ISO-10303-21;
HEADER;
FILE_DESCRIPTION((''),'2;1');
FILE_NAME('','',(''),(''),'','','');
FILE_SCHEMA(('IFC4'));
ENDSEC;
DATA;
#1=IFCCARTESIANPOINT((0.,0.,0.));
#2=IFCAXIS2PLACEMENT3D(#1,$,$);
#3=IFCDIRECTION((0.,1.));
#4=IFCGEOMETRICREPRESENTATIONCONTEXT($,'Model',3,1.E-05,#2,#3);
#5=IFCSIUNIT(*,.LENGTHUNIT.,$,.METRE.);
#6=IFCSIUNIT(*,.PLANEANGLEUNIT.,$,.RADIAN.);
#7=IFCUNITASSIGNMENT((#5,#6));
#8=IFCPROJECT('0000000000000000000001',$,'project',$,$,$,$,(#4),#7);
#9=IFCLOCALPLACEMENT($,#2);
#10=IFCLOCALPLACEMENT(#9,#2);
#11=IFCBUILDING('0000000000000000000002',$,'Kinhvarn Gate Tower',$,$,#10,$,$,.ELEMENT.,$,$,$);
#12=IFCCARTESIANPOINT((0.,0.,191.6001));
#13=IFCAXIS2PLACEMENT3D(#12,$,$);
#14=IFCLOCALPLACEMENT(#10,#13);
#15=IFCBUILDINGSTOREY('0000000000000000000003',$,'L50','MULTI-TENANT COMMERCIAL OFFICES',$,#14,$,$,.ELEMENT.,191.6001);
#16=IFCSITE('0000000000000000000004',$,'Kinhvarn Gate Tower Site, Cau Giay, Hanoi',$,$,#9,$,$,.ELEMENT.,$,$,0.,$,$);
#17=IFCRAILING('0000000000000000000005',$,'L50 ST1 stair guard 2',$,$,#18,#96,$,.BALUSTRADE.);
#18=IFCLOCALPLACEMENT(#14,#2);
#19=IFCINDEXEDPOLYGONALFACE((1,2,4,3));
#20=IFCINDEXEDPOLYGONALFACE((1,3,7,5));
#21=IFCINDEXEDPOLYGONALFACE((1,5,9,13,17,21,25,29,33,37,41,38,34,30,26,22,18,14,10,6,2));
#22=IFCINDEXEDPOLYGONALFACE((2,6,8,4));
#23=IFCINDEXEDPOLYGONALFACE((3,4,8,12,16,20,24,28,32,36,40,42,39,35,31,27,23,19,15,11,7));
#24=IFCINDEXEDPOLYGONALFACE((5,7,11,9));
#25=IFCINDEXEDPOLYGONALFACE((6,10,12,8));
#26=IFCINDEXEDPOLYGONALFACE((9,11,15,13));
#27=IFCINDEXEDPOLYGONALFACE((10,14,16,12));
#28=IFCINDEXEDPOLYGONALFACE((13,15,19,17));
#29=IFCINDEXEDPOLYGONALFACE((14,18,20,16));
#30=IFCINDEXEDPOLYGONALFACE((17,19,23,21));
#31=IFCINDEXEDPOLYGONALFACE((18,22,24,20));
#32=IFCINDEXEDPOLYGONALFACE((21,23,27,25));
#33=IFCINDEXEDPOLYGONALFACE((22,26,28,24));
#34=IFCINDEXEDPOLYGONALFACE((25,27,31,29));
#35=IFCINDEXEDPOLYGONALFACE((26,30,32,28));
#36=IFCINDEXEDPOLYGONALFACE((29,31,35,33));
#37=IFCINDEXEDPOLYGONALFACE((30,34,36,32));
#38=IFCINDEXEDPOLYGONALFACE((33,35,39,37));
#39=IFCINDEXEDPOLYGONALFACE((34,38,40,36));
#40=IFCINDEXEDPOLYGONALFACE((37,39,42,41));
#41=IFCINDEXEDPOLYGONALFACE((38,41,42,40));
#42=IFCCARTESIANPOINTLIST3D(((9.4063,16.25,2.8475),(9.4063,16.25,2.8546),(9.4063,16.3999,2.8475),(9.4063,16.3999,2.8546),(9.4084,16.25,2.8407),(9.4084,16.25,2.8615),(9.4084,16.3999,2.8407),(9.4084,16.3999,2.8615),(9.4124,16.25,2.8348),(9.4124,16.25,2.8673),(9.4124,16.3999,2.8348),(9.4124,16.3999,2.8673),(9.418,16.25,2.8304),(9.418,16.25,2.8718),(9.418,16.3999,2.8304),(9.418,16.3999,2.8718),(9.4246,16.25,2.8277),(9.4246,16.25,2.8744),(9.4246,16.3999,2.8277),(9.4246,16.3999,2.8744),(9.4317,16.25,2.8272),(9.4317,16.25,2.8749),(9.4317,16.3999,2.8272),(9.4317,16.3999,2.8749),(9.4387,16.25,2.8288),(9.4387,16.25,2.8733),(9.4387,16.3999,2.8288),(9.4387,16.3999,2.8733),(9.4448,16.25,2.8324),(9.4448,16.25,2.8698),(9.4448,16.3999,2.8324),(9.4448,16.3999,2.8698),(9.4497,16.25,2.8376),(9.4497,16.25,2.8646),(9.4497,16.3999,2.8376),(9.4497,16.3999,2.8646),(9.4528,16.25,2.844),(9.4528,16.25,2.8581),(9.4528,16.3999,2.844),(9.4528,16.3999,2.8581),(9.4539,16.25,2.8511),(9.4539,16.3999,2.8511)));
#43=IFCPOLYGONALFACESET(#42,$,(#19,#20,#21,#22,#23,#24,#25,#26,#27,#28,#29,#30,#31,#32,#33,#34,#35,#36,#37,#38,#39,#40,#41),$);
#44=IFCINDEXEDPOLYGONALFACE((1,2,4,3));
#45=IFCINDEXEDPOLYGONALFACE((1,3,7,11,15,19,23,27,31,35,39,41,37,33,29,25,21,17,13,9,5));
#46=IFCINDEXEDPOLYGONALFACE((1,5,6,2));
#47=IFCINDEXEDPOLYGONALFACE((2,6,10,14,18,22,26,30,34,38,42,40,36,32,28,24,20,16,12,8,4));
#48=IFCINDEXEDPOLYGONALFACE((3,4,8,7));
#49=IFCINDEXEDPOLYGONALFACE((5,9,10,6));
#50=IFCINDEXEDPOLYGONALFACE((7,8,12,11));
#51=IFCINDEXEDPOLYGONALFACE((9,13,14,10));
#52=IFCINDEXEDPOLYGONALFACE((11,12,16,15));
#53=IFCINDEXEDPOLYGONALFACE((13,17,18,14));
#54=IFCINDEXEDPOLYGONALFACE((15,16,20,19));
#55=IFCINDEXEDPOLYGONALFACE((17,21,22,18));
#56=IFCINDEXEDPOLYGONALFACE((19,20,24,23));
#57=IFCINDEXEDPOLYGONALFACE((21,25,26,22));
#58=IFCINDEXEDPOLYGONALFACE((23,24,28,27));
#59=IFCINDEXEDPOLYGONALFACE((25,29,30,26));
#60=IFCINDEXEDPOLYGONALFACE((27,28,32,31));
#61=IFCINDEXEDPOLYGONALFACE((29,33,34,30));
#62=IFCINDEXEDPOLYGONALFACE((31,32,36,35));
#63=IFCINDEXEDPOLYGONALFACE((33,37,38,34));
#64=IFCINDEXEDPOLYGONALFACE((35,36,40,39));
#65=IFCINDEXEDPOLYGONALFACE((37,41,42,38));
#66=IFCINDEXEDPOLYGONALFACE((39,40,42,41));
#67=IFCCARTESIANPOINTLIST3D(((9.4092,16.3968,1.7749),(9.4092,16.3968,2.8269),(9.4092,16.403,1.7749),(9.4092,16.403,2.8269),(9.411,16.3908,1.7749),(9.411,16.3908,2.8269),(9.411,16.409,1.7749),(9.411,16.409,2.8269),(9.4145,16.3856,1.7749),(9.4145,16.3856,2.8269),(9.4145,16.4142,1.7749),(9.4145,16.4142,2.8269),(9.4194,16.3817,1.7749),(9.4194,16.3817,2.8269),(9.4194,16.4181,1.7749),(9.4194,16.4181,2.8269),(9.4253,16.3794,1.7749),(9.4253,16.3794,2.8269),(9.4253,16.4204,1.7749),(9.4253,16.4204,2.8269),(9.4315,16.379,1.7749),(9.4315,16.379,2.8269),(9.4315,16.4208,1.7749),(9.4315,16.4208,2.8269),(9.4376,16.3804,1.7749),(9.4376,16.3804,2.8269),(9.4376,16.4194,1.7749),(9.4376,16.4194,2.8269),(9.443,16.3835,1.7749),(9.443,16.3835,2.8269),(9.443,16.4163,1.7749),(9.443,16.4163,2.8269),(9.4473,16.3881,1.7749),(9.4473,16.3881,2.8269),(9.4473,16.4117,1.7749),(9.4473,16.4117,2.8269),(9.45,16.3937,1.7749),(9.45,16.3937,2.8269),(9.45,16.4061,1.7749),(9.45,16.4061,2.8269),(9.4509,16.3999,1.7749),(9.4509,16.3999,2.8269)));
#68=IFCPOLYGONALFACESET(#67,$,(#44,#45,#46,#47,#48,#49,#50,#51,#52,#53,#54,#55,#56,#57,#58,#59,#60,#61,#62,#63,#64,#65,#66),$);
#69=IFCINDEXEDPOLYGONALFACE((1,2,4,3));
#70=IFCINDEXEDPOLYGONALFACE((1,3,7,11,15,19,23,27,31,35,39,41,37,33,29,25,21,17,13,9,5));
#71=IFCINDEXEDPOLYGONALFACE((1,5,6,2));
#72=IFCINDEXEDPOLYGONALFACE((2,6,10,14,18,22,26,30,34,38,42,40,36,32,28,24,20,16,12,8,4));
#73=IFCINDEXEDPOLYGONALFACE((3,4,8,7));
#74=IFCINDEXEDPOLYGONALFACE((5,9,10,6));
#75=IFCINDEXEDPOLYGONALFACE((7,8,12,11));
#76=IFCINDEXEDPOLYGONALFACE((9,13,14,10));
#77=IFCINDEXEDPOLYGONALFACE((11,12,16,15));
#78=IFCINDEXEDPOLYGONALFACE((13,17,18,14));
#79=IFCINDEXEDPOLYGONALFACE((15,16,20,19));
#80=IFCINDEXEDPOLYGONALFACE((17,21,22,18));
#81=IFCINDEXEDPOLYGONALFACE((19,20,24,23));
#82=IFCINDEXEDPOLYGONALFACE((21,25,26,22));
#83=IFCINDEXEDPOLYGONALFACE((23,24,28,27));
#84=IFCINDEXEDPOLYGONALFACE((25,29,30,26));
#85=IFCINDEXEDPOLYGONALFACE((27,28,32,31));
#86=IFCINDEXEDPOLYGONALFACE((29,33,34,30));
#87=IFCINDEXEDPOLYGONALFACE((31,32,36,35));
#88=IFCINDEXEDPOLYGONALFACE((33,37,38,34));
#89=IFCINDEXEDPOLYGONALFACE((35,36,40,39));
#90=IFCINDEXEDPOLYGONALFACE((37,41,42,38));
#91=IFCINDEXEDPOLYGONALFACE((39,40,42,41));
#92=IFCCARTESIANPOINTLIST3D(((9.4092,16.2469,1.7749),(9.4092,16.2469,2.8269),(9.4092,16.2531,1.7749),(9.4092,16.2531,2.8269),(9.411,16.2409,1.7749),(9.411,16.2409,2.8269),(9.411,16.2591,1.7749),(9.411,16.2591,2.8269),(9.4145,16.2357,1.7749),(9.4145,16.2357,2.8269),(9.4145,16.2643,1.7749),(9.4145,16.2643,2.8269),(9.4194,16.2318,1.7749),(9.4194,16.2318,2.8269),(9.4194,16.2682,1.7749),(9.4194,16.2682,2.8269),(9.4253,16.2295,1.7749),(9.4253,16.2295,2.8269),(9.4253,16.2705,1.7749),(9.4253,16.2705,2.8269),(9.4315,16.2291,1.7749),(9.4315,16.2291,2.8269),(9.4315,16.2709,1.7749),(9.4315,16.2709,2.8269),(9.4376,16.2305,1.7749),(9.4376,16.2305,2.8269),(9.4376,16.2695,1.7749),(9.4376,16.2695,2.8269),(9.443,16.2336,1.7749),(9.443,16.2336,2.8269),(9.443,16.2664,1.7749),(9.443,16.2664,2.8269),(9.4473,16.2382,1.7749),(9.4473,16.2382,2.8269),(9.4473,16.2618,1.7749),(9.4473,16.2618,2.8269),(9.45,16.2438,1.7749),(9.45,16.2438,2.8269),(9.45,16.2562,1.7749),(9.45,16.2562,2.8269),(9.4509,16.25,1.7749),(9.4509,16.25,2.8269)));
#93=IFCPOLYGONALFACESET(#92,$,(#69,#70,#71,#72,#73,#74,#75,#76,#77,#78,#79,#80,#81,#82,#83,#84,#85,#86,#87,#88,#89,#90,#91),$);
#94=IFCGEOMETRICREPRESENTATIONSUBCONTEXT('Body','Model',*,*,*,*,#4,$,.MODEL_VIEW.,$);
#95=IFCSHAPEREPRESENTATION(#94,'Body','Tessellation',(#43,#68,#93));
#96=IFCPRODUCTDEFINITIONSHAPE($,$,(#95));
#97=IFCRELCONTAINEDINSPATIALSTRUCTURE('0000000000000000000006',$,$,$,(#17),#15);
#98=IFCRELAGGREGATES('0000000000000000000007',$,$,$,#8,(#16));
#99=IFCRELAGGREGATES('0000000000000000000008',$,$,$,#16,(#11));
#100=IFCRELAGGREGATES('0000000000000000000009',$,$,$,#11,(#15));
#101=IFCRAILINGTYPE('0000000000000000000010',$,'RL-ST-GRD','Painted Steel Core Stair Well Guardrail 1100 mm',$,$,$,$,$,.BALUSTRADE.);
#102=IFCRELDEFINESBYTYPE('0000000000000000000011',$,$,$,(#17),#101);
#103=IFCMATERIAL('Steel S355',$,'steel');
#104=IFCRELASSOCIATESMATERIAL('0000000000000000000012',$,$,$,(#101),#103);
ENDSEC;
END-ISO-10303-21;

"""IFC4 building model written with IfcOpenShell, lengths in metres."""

from ifc_helpers import new_model, si_unit, direction, frame, origin, origin_2d, place, context, subcontext, project, spatial, circle, extrude, material, type_object, element, save


model = new_model("IFC4")

# Units and contexts
model_context = context("Model", 3, precision=1e-05, world=origin(), true_north=direction((0.0, 1.0)))
body_context = subcontext(model_context, "Body", "Model", "MODEL_VIEW")
ifc_project = project(units=[si_unit("LENGTHUNIT", "METRE"), si_unit("PLANEANGLEUNIT", "RADIAN")], contexts=[model_context])

# Site, building, storey
site_placement = place(None, origin())
site = spatial("IfcSite", under=ifc_project, at=site_placement, Name="Kinhvarn Gate Tower Site, Cau Giay, Hanoi", CompositionType="ELEMENT", RefElevation=0.0)
building_placement = place(site_placement, origin())
building = spatial("IfcBuilding", under=site, at=building_placement, Name="Kinhvarn Gate Tower", CompositionType="ELEMENT")
storey_placement = place(building_placement, frame((0.0, 0.0, 191.6001)))
storey = spatial("IfcBuildingStorey", under=building, at=storey_placement, Name="L50", Description="MULTI-TENANT COMMERCIAL OFFICES", CompositionType="ELEMENT", Elevation=191.6001)

# Shared definitions
ifc_material_1 = material(Name="Steel S355", Category="steel")

# Railing
railing_type_1 = type_object("IfcRailingType", Name="RL-ST-GRD", Description="Painted Steel Core Stair Well Guardrail 1100 mm", PredefinedType="BALUSTRADE", material=ifc_material_1)
railing_1_placement = place(storey_placement, frame((9.4299, 16.3999, 1.7749)))
element("IfcRailing", 1, at=railing_1_placement, inside=storey, type_object=railing_type_1, Name="L50 ST1 stair guard 2", PredefinedType="BALUSTRADE", context=body_context, shape_type="SweptSolid", body=[
    extrude(circle(Radius=0.0239, at=origin_2d()), frame((0.0, 0.0, 1.0762), z_axis=(0.0, -1.0, 0.0), x_axis=(1.0, 0.0, 0.0)), (0.0, 0.0, 1.0), 0.1499),
    extrude(circle(Radius=0.021, at=origin_2d()), origin(), (0.0, 0.0, 1.0), 1.052),
    extrude(circle(Radius=0.021, at=origin_2d()), frame((0.0, -0.1499, 0.0)), (0.0, 0.0, 1.0), 1.052),
])

save(model, "model.ifc")
